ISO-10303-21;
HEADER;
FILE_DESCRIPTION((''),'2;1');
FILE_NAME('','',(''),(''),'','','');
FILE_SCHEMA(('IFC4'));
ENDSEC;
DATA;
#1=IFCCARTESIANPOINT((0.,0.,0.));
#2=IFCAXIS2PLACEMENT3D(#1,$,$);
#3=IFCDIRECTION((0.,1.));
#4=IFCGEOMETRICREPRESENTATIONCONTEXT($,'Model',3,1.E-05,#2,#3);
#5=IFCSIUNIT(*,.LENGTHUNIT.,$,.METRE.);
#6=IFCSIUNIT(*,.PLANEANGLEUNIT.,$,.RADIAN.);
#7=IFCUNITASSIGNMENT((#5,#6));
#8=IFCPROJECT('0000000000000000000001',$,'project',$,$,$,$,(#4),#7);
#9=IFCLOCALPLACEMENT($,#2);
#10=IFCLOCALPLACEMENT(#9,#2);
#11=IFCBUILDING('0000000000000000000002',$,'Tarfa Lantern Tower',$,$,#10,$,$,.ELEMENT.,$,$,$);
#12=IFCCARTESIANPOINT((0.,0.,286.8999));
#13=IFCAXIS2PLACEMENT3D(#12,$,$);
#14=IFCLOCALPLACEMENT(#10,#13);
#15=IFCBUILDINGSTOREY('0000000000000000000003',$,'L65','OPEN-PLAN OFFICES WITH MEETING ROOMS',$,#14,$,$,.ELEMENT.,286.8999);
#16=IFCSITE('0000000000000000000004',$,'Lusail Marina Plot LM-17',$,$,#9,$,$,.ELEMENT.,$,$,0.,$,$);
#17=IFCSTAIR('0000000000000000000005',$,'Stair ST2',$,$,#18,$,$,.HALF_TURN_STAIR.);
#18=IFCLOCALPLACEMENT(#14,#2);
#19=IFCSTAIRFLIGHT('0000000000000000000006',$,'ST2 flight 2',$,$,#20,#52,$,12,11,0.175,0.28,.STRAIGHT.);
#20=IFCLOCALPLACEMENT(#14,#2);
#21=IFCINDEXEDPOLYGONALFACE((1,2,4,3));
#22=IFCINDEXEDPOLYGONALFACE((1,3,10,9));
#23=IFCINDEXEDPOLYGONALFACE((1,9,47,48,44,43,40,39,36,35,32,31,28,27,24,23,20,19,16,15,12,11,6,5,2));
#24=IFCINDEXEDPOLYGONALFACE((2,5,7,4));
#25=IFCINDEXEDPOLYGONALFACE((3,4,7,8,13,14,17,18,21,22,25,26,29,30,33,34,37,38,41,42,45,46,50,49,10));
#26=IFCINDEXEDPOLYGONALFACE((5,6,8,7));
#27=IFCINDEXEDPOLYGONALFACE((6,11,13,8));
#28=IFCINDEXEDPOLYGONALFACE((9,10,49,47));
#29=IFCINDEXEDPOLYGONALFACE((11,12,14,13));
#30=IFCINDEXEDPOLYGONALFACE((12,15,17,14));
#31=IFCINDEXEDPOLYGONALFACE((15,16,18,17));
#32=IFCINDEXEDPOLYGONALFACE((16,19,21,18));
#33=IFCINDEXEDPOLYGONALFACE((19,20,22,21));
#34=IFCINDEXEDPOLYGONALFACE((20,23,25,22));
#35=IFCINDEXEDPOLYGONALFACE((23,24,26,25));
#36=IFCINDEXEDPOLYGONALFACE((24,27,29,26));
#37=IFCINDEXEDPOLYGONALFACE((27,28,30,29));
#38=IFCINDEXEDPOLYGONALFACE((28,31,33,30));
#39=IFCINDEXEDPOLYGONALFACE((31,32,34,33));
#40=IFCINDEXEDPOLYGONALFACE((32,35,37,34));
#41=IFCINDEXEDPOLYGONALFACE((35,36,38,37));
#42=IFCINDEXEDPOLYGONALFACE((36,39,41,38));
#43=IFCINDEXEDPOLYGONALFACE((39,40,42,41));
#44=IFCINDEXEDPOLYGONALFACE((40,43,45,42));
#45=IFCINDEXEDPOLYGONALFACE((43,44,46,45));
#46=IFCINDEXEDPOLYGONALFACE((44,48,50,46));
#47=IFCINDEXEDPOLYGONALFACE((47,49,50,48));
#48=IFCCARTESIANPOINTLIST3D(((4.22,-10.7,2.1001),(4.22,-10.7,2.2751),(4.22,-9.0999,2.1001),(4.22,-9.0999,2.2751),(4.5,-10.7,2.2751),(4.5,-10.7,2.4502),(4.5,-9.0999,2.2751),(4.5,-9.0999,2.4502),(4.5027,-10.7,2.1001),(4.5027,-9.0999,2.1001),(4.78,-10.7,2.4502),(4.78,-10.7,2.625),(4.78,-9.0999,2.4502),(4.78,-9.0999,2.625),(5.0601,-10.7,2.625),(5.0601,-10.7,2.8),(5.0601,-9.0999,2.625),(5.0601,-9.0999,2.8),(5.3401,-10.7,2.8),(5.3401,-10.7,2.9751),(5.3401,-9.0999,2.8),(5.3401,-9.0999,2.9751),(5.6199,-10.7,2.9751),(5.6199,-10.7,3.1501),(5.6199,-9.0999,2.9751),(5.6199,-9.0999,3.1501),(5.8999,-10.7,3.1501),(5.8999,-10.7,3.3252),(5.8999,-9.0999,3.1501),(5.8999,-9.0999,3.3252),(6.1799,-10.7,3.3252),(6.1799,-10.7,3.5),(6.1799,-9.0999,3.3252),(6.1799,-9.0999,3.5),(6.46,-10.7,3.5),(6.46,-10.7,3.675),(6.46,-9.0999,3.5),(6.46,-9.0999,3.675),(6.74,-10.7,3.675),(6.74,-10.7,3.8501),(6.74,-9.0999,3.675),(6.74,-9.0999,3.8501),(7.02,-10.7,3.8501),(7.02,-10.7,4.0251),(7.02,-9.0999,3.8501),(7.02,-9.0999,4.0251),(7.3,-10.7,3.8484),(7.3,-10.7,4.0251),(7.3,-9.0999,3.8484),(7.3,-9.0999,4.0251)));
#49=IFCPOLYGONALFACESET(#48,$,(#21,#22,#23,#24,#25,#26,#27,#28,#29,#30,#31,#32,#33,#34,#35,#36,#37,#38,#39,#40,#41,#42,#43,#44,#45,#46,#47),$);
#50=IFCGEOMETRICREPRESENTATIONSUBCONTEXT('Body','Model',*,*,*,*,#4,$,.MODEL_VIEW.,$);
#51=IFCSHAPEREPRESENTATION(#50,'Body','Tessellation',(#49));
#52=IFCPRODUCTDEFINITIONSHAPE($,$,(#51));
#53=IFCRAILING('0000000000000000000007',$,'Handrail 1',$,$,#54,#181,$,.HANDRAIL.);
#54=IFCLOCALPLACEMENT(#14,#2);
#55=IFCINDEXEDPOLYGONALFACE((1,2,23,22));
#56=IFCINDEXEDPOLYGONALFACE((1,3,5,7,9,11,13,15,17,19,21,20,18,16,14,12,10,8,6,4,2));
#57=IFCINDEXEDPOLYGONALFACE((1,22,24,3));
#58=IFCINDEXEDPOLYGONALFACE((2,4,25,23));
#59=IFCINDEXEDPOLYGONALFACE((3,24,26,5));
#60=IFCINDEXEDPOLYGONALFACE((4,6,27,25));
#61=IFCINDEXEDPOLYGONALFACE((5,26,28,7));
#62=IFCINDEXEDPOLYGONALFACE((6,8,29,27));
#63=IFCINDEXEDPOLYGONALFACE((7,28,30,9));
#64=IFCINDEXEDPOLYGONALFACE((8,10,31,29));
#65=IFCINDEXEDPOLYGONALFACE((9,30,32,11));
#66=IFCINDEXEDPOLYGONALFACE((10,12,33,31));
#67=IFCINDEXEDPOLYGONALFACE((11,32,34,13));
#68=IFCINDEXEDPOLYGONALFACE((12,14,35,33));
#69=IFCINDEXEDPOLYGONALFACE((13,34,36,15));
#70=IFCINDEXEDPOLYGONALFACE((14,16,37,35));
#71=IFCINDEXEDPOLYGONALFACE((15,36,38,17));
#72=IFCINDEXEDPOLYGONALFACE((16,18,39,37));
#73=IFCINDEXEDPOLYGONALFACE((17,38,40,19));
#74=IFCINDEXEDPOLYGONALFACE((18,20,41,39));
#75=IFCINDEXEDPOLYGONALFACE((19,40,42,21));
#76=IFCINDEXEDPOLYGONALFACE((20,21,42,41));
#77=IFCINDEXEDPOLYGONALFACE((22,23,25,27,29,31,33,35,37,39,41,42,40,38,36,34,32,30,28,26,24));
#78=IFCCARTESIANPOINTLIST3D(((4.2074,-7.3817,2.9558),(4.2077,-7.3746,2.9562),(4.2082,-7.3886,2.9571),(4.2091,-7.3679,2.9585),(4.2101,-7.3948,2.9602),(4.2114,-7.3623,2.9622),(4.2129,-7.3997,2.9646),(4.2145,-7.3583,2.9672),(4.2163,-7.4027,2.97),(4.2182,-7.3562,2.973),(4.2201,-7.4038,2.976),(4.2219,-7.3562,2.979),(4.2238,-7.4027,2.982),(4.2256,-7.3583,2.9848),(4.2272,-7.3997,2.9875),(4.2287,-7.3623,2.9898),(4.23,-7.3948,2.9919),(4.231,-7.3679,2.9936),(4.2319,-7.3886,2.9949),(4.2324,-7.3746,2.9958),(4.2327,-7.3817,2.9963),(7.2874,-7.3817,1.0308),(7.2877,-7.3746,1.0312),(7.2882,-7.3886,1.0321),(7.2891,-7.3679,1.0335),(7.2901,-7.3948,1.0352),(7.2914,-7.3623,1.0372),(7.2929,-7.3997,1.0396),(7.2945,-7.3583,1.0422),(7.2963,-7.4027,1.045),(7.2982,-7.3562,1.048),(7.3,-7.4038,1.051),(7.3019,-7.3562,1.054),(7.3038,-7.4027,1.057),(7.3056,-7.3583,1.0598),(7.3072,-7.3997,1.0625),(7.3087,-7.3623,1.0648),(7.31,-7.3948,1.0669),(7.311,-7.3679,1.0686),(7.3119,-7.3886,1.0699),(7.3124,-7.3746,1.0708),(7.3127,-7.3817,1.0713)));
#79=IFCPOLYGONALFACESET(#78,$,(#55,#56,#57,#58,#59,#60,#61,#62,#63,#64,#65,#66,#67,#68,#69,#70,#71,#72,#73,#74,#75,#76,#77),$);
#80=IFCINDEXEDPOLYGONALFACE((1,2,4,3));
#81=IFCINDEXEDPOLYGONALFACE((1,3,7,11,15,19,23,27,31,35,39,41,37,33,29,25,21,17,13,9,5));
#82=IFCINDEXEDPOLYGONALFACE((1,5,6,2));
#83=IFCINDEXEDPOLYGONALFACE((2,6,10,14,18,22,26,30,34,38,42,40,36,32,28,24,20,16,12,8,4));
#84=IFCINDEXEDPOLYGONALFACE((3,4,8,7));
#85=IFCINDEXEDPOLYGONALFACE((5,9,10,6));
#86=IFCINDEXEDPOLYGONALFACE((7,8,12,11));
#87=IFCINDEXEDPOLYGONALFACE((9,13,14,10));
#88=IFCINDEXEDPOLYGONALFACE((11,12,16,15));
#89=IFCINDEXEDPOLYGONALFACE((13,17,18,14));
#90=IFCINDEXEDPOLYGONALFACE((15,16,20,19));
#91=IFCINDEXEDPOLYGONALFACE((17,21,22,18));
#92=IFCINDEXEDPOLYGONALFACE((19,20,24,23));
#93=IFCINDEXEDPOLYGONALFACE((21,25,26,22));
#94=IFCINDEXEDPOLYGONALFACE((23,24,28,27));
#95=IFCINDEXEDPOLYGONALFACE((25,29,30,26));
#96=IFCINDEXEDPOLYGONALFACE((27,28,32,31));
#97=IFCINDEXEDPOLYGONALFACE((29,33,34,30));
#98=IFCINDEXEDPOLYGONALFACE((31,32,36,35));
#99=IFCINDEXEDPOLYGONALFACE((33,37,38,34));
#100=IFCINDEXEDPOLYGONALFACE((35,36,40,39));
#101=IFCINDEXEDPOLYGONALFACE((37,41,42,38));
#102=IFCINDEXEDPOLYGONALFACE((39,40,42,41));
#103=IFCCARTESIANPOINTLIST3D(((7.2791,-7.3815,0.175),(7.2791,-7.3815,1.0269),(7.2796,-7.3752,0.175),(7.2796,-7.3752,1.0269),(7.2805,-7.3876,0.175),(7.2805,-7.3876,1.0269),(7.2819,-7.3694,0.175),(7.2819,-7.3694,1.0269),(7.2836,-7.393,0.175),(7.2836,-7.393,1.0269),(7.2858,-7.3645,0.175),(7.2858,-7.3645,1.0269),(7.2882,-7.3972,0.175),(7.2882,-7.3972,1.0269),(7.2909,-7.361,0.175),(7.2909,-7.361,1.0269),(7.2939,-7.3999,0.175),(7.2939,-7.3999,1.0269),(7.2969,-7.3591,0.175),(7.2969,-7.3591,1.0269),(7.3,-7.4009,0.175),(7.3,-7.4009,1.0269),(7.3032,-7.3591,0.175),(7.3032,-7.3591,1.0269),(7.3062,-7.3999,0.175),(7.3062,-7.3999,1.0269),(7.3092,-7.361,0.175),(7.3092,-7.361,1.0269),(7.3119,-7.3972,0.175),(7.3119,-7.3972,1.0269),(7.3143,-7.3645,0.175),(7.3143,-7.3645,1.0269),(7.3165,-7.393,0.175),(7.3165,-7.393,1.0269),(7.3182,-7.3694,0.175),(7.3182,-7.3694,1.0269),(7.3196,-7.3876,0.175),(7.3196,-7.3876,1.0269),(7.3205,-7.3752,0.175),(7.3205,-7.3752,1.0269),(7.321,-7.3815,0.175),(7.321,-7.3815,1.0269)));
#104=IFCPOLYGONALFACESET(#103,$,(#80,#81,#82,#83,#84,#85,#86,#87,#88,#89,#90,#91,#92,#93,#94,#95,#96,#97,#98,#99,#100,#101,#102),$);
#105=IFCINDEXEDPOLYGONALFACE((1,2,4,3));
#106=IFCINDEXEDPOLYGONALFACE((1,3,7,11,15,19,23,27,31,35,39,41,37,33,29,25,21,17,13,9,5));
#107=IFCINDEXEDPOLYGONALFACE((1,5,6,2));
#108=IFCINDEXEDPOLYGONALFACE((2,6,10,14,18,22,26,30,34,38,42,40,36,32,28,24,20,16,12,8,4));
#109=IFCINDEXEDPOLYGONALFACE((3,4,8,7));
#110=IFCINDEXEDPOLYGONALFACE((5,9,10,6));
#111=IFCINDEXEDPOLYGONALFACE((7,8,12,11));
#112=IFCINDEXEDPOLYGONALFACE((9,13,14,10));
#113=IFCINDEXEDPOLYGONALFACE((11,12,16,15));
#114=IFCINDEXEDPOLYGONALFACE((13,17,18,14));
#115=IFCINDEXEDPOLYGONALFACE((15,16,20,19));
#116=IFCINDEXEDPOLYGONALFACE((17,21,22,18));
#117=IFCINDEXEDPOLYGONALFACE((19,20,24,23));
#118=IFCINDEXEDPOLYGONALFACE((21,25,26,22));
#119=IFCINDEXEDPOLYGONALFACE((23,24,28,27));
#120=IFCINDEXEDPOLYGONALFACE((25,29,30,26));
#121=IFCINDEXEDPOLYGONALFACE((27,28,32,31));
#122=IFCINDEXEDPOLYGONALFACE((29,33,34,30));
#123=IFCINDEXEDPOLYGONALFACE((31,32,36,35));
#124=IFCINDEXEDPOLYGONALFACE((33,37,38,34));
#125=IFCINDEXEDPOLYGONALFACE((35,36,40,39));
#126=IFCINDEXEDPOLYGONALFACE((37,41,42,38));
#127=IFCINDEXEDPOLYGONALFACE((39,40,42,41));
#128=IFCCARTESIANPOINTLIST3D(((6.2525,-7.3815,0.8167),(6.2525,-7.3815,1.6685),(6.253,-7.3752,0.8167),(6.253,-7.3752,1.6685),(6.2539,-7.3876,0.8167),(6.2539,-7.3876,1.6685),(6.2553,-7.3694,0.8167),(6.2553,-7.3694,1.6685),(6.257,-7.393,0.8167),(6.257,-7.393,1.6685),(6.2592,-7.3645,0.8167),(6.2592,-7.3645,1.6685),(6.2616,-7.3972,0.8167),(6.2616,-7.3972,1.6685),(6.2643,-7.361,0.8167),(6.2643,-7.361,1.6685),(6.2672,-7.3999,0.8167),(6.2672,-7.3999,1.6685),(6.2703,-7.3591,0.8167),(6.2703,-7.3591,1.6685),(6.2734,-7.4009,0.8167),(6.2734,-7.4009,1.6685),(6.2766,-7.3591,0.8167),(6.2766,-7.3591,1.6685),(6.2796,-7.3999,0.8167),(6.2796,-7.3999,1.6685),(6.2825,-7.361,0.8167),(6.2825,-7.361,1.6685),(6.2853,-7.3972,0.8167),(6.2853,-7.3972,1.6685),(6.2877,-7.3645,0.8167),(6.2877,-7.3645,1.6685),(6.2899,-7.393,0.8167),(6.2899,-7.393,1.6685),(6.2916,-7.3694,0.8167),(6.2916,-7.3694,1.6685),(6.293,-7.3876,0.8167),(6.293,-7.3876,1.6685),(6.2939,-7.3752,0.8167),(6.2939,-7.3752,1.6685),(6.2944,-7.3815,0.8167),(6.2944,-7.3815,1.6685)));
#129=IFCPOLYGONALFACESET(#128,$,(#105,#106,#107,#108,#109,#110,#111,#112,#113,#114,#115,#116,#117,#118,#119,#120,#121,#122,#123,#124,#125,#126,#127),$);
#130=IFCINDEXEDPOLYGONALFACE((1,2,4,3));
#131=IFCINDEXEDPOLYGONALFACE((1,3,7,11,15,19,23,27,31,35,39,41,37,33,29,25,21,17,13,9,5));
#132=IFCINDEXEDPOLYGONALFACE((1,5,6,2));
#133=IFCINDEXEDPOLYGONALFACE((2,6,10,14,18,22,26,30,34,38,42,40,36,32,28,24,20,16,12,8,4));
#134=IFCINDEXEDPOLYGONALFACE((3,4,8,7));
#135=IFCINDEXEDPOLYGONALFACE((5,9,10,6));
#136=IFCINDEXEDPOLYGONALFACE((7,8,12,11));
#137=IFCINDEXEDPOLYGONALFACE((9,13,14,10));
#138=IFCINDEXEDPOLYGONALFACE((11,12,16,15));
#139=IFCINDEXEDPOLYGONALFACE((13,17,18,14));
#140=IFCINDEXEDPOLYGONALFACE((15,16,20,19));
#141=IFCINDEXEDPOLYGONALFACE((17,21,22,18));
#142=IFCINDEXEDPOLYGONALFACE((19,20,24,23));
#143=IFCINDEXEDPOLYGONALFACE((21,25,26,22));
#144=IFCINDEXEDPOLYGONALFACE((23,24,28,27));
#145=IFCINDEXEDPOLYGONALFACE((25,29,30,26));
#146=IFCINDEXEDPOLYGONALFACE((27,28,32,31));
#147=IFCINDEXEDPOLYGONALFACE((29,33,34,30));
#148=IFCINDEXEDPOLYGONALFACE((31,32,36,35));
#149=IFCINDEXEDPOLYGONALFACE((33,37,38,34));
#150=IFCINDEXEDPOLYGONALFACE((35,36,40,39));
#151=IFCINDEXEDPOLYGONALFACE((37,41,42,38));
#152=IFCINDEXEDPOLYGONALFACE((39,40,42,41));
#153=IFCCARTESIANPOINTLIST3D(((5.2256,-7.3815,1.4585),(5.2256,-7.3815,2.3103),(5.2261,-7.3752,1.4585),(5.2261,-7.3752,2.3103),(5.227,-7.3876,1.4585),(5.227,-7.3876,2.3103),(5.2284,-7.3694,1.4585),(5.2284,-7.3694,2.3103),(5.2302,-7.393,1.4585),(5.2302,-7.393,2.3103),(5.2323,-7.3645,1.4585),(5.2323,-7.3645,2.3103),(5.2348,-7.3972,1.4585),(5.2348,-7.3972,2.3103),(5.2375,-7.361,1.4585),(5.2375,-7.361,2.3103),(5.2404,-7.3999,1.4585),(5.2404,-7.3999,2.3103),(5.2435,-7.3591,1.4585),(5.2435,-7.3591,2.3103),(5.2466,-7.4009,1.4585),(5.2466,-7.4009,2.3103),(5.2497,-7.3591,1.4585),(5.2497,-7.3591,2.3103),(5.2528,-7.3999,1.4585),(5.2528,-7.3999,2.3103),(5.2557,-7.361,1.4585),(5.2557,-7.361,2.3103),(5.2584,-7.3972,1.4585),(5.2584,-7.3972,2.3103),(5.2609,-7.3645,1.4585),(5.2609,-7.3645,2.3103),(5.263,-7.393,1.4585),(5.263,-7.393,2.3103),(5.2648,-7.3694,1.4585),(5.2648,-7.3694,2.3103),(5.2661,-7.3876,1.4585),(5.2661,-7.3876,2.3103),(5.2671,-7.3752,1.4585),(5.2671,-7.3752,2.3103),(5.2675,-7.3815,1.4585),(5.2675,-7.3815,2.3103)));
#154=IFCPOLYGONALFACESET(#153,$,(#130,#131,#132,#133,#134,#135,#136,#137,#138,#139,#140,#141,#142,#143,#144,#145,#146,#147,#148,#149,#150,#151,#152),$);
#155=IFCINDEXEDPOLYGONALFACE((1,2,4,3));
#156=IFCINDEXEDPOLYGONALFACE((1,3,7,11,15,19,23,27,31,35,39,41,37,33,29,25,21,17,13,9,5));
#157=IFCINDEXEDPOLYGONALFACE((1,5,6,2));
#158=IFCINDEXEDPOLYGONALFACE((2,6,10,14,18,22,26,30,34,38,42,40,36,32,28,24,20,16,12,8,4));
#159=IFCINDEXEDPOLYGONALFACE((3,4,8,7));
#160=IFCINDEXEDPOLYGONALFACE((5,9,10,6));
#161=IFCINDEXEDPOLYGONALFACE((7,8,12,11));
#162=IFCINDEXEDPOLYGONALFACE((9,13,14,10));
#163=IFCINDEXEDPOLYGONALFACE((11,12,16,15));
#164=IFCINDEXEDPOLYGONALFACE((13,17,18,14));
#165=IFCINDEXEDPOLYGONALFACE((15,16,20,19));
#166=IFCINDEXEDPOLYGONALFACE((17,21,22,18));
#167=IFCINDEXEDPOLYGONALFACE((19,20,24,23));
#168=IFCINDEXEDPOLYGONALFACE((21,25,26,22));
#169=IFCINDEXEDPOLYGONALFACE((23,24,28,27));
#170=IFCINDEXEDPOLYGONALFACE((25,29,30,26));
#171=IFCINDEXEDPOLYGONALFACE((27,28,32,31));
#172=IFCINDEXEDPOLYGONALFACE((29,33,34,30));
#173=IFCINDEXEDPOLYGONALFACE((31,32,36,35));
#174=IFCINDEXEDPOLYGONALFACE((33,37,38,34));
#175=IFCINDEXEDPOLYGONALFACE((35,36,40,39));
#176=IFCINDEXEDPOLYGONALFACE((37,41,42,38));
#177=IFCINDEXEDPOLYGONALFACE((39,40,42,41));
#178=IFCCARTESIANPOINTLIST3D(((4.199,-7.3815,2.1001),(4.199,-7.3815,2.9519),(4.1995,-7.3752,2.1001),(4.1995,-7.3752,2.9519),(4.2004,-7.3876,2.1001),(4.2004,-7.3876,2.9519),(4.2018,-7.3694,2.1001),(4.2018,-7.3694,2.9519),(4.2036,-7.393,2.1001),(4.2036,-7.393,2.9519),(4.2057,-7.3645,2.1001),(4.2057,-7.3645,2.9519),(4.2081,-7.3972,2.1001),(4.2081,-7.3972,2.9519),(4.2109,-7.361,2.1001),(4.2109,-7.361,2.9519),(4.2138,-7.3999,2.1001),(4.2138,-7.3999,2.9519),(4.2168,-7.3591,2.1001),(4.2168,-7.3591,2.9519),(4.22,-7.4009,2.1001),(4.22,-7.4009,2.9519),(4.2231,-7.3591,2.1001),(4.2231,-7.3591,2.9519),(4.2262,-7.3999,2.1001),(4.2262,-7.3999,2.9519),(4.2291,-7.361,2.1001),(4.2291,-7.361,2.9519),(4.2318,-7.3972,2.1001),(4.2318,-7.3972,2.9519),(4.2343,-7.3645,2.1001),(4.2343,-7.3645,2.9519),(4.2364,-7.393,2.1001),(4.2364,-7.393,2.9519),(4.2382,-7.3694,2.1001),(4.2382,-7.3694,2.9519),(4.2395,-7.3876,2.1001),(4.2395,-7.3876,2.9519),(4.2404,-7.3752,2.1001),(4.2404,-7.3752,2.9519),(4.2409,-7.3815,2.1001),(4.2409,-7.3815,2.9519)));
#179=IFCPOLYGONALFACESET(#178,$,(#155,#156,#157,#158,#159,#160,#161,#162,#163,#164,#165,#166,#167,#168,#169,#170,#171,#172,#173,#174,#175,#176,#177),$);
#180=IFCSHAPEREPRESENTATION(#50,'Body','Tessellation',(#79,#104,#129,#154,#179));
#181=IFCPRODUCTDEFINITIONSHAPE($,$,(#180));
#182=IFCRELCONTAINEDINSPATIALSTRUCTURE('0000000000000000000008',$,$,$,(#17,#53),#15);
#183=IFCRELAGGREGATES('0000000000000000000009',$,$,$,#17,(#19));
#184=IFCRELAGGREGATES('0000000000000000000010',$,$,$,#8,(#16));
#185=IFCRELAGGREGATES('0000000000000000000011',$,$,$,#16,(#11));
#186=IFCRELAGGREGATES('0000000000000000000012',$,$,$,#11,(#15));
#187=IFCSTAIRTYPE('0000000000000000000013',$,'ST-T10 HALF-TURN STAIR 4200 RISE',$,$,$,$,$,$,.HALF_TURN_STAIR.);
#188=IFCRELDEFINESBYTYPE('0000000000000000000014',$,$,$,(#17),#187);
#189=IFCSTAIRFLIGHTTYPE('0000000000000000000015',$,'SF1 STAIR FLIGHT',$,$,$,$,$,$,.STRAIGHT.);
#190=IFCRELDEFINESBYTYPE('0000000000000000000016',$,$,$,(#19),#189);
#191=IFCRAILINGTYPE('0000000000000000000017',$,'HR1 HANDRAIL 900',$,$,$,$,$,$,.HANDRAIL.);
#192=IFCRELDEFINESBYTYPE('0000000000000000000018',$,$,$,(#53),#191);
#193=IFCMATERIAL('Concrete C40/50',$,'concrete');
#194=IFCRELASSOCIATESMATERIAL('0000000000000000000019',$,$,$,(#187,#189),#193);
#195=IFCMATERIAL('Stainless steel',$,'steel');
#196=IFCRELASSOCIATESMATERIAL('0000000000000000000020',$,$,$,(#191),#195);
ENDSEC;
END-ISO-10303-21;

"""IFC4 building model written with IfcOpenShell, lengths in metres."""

from ifc_helpers import new_model, si_unit, direction, frame, origin, origin_2d, place, context, subcontext, project, spatial, polyline, circle, outline, extrude, material, type_object, element, aggregate, save


model = new_model("IFC4")

# Units and contexts
model_context = context("Model", 3, precision=1e-05, world=origin(), true_north=direction((0.0, 1.0)))
body_context = subcontext(model_context, "Body", "Model", "MODEL_VIEW")
ifc_project = project(units=[si_unit("LENGTHUNIT", "METRE"), si_unit("PLANEANGLEUNIT", "RADIAN")], contexts=[model_context])

# Site, building, storey
site_placement = place(None, origin())
site = spatial("IfcSite", under=ifc_project, at=site_placement, Name="Lusail Marina Plot LM-17", CompositionType="ELEMENT", RefElevation=0.0)
building_placement = place(site_placement, origin())
building = spatial("IfcBuilding", under=site, at=building_placement, Name="Tarfa Lantern Tower", CompositionType="ELEMENT")
storey_placement = place(building_placement, frame((0.0, 0.0, 286.8999)))
storey = spatial("IfcBuildingStorey", under=building, at=storey_placement, Name="L65", Description="OPEN-PLAN OFFICES WITH MEETING ROOMS", CompositionType="ELEMENT", Elevation=286.8999)

# Stair, stair flight
ifc_material_1 = material(Name="Concrete C40/50", Category="concrete")
stair_type = type_object("IfcStairType", Name="ST-T10 HALF-TURN STAIR 4200 RISE", PredefinedType="HALF_TURN_STAIR", material=ifc_material_1)
stair_placement = place(storey_placement, origin())
stair = element("IfcStair", 1, at=stair_placement, inside=storey, type_object=stair_type, Name="Stair ST2", PredefinedType="HALF_TURN_STAIR")
stair_flight_type = type_object("IfcStairFlightType", Name="SF1 STAIR FLIGHT", PredefinedType="STRAIGHT", material=ifc_material_1)
stair_flight_1_placement = place(storey_placement, frame((4.22, -9.8999, 2.1001), z_axis=(0.0, 0.0, 1.0), x_axis=(1.0, 0.0, 0.0)))
stair_flight_1 = element("IfcStairFlight", 2, at=stair_flight_1_placement, type_object=stair_flight_type, Name="ST2 flight 2", NumberOfRisers=12, NumberOfTreads=11, PredefinedType="STRAIGHT", RiserHeight=0.175, TreadLength=0.28, context=body_context, shape_type="SweptSolid", body=[
    extrude(outline(polyline([(0.0, 0.0), (0.0, 0.175), (0.28, 0.175), (0.28, 0.3501), (0.5601, 0.3501), (0.5601, 0.5249), (0.8401, 0.5249), (0.8401, 0.7), (1.1201, 0.7), (1.1201, 0.875), (1.3999, 0.875), (1.3999, 1.05), (1.6799, 1.05), (1.6799, 1.2251), (1.96, 1.2251), (1.96, 1.3999), (2.24, 1.3999), (2.24, 1.575), (2.52, 1.575), (2.52, 1.75), (2.8, 1.75), (2.8, 1.925), (3.0801, 1.925), (3.0801, 2.1001), (3.0801, 1.7483), (0.2827, 0.0), (0.0, 0.0)])), frame((0.0, 0.8, 0.0), z_axis=(0.0, -1.0, 0.0), x_axis=(1.0, 0.0, 0.0)), (0.0, 0.0, 1.0), 1.6001),
])
aggregate(stair, [stair_flight_1])

# Railing
ifc_material_2 = material(Name="Stainless steel", Category="steel")
railing_type = type_object("IfcRailingType", Name="HR1 HANDRAIL 900", PredefinedType="HANDRAIL", material=ifc_material_2)
railing_1_placement = place(storey_placement, frame((7.3, -7.3799, 0.175)))
element("IfcRailing", 3, at=railing_1_placement, inside=storey, type_object=railing_type, Name="Handrail 1", PredefinedType="HANDRAIL", context=body_context, shape_type="SweptSolid", body=[
    extrude(circle(Radius=0.0239, at=origin_2d()), frame((0.0, 0.0, 0.876), z_axis=(-0.847998, 0.0, 0.529999), x_axis=(0.0, -1.0, 0.0)), (0.0, 0.0, 1.0), 3.6321),
    extrude(circle(Radius=0.021, at=origin_2d()), frame((0.0, 0.0, 0.0), z_axis=(0.0, 0.0, 1.0), x_axis=(0.0, -1.0, 0.0)), (0.0, 0.0, 1.0), 0.8518),
    extrude(circle(Radius=0.021, at=origin_2d()), frame((-1.0266, 0.0, 0.6416), z_axis=(0.0, 0.0, 1.0), x_axis=(0.0, -1.0, 0.0)), (0.0, 0.0, 1.0), 0.8518),
    extrude(circle(Radius=0.021, at=origin_2d()), frame((-2.0535, 0.0, 1.2834), z_axis=(0.0, 0.0, 1.0), x_axis=(0.0, -1.0, 0.0)), (0.0, 0.0, 1.0), 0.8518),
    extrude(circle(Radius=0.021, at=origin_2d()), frame((-3.0801, 0.0, 1.925), z_axis=(0.0, 0.0, 1.0), x_axis=(0.0, -1.0, 0.0)), (0.0, 0.0, 1.0), 0.8518),
])

save(model, "model.ifc")
